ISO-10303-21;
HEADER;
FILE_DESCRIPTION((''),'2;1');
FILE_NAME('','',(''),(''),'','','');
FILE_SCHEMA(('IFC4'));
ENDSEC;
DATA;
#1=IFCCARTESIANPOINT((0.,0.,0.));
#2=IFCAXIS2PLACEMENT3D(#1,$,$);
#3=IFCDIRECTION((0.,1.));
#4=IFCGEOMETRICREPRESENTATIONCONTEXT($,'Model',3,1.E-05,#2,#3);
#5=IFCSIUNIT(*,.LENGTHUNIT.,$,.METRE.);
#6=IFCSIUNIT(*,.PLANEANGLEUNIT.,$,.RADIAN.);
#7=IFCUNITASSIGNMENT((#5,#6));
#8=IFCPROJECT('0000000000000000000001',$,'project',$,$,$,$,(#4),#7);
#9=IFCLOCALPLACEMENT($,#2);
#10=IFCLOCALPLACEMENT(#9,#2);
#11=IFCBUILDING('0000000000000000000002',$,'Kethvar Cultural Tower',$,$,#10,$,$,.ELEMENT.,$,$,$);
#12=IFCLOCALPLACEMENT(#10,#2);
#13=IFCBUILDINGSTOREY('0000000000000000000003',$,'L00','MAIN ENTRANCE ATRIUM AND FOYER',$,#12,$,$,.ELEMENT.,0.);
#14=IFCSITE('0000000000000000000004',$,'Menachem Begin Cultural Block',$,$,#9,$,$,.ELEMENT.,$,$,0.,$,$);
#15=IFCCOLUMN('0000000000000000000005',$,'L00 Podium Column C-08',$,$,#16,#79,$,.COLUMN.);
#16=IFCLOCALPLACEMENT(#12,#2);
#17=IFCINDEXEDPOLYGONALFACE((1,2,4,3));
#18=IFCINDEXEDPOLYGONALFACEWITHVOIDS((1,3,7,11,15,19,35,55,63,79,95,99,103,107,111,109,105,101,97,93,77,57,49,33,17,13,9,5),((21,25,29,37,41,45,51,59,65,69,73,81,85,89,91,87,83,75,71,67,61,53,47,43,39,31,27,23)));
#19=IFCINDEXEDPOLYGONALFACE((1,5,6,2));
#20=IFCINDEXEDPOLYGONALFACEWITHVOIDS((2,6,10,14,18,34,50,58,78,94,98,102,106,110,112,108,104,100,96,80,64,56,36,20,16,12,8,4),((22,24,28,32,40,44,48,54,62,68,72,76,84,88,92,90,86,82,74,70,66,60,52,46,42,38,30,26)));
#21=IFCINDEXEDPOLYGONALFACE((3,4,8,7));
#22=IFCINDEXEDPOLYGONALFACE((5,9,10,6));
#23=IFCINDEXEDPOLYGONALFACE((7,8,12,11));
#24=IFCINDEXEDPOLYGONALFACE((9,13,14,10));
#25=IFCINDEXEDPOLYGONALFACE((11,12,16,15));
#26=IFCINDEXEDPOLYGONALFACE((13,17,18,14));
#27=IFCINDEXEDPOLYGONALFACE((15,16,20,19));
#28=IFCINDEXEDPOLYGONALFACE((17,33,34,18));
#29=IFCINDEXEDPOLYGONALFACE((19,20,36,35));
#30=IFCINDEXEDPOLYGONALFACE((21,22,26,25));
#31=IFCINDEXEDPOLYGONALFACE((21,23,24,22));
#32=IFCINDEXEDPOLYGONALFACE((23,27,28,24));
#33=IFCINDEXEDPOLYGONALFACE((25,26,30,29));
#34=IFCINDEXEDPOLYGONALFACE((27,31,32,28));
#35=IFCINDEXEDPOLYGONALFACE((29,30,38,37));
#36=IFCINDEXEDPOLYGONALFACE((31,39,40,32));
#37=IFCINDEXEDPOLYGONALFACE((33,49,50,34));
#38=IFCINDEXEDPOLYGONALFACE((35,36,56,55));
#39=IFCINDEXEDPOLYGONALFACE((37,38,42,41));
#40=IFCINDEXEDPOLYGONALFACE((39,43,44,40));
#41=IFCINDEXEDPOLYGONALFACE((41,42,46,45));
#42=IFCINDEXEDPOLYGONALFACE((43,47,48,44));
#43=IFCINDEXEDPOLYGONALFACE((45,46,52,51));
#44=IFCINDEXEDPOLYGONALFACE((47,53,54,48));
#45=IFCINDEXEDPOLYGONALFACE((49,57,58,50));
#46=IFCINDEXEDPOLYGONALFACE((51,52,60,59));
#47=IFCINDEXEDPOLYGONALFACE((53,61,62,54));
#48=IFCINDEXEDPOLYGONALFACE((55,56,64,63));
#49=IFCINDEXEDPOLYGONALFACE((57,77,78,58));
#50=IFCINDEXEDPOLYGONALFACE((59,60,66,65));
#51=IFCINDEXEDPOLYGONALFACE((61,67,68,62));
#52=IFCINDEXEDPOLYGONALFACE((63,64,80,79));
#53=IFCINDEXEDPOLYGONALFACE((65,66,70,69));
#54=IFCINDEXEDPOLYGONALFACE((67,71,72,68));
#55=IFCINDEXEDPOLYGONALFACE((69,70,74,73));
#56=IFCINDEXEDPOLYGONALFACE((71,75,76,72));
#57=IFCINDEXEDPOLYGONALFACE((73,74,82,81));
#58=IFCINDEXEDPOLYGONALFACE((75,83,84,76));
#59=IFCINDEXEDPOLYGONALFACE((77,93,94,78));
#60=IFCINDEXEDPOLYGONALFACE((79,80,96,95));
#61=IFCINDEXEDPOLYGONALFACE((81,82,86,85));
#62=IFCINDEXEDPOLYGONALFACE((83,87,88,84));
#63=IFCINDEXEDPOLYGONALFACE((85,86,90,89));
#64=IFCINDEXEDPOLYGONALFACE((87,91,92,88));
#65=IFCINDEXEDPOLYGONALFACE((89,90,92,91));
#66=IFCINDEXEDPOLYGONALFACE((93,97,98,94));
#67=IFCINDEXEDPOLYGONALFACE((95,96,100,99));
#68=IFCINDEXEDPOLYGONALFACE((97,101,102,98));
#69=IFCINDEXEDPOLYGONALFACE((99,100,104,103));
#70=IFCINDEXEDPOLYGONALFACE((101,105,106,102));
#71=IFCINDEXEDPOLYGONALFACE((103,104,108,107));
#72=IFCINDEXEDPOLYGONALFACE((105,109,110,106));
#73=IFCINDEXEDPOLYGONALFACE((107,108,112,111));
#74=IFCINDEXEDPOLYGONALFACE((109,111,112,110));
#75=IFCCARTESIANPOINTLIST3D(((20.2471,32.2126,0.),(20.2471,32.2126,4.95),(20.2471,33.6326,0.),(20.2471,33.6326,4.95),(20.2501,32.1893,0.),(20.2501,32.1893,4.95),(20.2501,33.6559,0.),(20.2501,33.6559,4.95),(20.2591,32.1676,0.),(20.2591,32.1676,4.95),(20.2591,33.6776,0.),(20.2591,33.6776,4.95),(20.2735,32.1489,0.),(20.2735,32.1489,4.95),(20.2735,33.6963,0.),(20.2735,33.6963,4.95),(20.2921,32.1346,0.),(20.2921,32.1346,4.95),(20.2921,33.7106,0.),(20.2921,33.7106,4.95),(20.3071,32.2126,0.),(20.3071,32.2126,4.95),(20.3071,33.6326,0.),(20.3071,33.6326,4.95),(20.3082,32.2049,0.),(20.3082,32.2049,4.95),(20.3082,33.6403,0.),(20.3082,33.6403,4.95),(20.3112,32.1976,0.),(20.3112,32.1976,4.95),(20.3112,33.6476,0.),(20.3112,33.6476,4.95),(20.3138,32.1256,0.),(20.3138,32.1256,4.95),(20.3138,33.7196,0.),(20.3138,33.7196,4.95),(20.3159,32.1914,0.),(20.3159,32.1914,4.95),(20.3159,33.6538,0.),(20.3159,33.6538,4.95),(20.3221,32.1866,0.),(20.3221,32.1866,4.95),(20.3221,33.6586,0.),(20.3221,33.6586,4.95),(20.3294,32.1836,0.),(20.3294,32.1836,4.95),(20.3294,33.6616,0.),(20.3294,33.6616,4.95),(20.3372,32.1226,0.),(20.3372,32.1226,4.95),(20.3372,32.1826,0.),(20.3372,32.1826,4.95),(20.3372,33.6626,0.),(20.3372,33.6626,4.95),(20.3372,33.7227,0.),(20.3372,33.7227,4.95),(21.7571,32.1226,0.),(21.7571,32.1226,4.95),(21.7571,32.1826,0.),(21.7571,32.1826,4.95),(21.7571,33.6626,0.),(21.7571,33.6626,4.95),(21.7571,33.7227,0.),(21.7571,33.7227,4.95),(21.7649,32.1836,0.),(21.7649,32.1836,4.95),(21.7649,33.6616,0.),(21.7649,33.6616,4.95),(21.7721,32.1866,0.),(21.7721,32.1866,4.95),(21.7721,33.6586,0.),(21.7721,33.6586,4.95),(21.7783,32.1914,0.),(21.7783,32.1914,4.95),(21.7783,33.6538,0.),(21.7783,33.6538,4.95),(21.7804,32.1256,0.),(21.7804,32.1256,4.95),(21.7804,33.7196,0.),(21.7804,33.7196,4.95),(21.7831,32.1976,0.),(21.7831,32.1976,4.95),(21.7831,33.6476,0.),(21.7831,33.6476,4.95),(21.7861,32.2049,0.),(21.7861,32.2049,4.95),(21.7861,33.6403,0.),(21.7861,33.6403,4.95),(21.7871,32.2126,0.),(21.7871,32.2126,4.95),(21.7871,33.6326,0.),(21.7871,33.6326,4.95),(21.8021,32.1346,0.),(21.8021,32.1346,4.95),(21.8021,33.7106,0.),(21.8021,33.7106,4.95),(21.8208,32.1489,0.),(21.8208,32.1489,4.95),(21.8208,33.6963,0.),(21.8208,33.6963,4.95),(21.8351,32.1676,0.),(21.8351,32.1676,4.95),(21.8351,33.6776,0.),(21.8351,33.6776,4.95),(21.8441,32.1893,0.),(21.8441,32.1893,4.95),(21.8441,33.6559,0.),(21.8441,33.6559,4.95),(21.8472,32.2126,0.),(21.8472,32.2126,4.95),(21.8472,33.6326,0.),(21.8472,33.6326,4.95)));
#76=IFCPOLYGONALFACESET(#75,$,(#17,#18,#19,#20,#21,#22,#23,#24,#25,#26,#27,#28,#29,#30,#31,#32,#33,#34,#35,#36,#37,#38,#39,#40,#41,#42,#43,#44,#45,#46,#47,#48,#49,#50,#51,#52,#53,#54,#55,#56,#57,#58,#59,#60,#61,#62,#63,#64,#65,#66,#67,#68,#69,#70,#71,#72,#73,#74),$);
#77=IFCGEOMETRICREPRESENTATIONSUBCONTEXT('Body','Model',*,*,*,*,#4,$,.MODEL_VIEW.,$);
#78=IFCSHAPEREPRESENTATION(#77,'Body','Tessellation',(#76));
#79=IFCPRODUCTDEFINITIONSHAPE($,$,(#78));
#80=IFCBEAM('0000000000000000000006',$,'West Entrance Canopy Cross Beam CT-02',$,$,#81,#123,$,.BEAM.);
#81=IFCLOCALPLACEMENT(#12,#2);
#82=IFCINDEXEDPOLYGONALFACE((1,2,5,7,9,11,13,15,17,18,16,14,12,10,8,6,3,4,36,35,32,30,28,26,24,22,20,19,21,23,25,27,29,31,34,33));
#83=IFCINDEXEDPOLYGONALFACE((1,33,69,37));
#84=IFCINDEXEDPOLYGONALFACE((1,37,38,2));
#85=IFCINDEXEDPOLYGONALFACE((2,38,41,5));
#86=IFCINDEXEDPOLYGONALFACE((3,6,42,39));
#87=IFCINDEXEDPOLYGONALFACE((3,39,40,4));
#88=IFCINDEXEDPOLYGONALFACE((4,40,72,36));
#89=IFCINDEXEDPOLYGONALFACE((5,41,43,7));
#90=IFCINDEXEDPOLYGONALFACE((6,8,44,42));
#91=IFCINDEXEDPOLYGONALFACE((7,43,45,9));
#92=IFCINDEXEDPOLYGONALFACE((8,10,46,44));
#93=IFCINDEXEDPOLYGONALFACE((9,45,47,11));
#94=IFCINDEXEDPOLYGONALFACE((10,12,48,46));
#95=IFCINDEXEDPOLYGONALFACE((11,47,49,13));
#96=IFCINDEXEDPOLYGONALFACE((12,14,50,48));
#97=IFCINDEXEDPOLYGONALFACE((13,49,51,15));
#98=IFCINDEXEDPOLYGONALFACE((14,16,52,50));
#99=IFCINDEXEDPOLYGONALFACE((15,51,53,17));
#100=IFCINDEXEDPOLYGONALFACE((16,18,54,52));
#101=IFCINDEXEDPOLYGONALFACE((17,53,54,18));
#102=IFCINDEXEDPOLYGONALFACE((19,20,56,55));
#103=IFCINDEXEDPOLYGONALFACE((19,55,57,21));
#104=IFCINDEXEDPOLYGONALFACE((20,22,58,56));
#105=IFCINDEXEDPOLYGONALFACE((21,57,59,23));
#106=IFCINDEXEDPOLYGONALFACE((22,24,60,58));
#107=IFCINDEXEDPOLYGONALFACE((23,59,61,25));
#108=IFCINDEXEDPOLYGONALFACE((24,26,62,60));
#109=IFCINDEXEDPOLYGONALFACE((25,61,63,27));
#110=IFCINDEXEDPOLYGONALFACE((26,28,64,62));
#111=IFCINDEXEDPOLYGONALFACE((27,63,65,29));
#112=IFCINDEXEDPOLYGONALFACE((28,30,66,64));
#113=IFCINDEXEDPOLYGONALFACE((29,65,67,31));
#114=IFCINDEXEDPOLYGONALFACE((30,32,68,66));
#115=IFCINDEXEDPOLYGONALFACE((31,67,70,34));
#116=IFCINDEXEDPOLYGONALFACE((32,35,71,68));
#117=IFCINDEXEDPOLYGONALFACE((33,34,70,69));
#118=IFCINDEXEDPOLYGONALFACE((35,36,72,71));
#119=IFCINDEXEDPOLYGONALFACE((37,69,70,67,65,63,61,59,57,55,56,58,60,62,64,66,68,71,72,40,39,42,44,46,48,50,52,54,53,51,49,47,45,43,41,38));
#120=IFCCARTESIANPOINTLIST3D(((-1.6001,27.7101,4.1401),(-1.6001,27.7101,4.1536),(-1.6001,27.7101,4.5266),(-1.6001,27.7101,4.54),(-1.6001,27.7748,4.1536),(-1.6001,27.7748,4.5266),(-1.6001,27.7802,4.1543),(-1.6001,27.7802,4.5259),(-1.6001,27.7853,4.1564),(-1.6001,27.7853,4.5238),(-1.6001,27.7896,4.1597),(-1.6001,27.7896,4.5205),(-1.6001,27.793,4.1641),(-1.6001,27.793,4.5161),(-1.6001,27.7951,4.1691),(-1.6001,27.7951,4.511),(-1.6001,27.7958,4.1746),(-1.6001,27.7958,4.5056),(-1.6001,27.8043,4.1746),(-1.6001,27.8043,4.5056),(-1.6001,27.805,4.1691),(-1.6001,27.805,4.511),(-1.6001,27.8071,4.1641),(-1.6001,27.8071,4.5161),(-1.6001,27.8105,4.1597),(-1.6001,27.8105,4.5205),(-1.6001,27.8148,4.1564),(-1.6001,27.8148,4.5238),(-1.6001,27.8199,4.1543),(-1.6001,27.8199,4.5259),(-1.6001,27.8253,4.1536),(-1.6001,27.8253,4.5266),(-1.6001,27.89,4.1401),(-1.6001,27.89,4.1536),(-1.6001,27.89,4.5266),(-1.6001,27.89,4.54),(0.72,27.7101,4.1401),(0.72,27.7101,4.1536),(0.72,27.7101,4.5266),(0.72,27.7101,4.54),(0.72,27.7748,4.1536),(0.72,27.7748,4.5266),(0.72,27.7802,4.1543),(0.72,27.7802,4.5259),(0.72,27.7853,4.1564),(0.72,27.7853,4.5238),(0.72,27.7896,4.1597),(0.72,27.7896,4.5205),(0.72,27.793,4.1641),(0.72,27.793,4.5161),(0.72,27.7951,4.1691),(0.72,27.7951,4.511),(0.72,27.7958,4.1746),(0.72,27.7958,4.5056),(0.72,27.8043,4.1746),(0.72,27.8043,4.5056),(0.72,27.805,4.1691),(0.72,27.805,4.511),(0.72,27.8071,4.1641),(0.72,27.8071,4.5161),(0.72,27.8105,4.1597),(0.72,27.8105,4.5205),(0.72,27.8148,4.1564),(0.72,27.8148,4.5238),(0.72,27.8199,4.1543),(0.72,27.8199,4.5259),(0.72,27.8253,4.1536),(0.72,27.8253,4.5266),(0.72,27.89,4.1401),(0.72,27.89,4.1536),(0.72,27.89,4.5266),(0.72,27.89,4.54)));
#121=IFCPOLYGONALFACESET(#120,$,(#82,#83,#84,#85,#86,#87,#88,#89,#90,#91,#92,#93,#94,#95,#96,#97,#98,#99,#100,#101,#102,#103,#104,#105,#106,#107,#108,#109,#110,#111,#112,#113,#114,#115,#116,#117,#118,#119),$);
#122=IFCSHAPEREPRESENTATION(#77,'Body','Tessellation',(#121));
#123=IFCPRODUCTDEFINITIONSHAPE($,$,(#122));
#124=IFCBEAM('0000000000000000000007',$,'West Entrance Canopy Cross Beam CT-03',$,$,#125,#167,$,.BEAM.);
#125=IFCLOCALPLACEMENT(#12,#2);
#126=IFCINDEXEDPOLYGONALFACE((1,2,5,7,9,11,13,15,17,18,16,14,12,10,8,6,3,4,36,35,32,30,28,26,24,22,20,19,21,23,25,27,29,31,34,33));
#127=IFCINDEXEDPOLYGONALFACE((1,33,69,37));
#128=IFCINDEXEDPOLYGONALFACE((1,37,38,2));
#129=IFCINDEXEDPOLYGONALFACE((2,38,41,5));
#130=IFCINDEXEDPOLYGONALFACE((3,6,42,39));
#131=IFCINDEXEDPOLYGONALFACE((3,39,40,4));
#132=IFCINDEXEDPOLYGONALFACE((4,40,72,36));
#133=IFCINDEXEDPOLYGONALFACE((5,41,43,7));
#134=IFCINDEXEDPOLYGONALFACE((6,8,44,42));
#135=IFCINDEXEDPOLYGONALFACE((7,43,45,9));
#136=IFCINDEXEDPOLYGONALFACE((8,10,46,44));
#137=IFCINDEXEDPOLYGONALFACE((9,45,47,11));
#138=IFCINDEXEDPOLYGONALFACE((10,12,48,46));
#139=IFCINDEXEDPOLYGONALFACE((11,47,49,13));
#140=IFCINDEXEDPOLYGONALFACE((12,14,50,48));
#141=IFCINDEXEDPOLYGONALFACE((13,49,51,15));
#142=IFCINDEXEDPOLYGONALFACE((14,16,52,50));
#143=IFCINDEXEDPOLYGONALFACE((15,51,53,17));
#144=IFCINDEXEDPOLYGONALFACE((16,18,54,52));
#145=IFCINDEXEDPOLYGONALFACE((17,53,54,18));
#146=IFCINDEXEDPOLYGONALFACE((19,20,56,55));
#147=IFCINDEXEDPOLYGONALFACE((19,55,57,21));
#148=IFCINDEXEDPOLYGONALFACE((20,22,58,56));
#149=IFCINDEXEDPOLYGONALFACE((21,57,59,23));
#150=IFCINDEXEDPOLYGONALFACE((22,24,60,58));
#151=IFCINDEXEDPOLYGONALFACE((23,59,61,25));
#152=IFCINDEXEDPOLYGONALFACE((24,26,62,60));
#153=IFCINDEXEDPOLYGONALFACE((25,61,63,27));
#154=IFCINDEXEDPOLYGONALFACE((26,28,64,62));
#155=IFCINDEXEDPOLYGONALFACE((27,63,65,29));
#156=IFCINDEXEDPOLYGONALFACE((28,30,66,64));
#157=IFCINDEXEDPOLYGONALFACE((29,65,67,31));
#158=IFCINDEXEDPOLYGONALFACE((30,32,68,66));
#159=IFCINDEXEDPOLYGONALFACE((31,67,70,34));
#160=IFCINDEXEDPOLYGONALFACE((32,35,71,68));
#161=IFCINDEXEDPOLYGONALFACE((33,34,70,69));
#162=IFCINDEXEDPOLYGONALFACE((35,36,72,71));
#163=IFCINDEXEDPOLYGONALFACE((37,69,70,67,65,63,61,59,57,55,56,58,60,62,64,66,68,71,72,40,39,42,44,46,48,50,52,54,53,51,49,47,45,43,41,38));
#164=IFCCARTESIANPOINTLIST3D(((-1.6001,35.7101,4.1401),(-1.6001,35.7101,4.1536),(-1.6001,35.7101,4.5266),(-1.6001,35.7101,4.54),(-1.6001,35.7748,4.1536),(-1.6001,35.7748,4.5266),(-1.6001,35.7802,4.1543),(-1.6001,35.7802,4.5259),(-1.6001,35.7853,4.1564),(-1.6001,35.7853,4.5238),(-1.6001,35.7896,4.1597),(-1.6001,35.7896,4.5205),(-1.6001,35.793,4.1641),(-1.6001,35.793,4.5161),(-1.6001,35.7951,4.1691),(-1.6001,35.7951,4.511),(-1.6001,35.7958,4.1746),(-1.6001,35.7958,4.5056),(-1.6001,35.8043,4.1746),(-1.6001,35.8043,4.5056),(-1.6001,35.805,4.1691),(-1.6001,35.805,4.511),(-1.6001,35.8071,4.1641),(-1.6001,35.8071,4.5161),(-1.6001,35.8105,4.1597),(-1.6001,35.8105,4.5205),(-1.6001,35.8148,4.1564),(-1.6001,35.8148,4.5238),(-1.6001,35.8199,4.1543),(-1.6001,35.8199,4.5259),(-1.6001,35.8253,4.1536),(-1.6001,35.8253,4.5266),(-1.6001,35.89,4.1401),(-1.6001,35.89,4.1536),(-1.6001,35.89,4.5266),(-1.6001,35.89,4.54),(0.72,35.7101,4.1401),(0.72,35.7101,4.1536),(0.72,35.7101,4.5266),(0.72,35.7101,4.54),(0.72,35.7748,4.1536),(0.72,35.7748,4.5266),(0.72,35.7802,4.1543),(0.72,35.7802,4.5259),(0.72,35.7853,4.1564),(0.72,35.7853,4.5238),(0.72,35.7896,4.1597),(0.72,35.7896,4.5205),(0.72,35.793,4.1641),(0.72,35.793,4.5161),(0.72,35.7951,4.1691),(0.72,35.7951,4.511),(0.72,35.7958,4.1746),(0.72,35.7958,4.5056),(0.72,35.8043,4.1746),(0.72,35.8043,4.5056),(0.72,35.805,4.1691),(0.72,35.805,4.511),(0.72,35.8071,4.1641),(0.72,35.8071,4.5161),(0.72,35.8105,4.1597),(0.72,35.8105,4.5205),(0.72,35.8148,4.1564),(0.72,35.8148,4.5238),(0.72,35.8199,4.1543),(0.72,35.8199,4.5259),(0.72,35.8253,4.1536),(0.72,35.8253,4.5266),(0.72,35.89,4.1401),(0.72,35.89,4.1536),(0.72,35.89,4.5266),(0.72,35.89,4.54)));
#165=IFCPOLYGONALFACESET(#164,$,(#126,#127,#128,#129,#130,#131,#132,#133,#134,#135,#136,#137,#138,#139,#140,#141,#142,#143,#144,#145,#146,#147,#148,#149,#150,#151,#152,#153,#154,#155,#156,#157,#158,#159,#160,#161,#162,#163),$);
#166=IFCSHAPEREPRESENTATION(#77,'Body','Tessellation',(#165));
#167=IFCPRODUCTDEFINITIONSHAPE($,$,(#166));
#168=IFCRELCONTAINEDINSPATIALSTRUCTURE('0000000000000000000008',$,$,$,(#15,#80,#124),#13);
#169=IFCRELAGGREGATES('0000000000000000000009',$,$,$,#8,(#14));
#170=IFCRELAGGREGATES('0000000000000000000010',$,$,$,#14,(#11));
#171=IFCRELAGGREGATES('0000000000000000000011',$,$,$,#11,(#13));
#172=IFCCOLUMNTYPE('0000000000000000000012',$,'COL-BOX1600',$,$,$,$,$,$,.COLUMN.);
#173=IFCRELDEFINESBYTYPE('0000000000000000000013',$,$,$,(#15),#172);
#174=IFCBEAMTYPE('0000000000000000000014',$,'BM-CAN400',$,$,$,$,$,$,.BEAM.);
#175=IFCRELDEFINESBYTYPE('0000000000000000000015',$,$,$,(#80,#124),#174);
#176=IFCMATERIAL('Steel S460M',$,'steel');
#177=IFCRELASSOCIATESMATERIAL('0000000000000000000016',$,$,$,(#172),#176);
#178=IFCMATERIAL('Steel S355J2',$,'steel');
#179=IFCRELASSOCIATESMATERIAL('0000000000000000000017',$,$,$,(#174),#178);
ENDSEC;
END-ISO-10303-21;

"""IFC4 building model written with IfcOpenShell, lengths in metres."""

from ifc_helpers import new_model, si_unit, direction, frame, origin, origin_2d, place, context, subcontext, project, spatial, hollow_rectangle, i_section, extrude, source, transform, mapped, material, material_profile, profile_set, type_object, element, save


model = new_model("IFC4")

# Units and contexts
model_context = context("Model", 3, precision=1e-05, world=origin(), true_north=direction((0.0, 1.0)))
body_context = subcontext(model_context, "Body", "Model", "MODEL_VIEW")
ifc_project = project(units=[si_unit("LENGTHUNIT", "METRE"), si_unit("PLANEANGLEUNIT", "RADIAN")], contexts=[model_context])

# Site, building, storey
site_placement = place(None, origin())
site = spatial("IfcSite", under=ifc_project, at=site_placement, Name="Menachem Begin Cultural Block", CompositionType="ELEMENT", RefElevation=0.0)
building_placement = place(site_placement, origin())
building = spatial("IfcBuilding", under=site, at=building_placement, Name="Kethvar Cultural Tower", CompositionType="ELEMENT")
storey_placement = place(building_placement, origin())
storey = spatial("IfcBuildingStorey", under=building, at=storey_placement, Name="L00", Description="MAIN ENTRANCE ATRIUM AND FOYER", CompositionType="ELEMENT", Elevation=0.0)

# Column
ifc_material_1 = material(Name="Steel S460M", Category="steel")
ifc_material_profile_1 = material_profile(ifc_material_1, hollow_rectangle(XDim=1.6001, YDim=1.6001, WallThickness=0.0601, InnerFilletRadius=0.03, OuterFilletRadius=0.0901, at=origin_2d()), Name="Steel S460M — BOX1600x1600x60")
ifc_profile_set_1 = profile_set([ifc_material_profile_1], Name="Steel S460M — BOX1600x1600x60")
column_type_1 = type_object("IfcColumnType", Name="COL-BOX1600", PredefinedType="COLUMN", material=ifc_profile_set_1)
shared_shape_1 = source(origin(), body_context, "Body", "SweptSolid", [
    extrude(hollow_rectangle(XDim=1.6001, YDim=1.6001, WallThickness=0.0601, InnerFilletRadius=0.03, OuterFilletRadius=0.0901, at=origin_2d()), origin(), (0.0, 0.0, 1.0), 4.95),
])
column_placement = place(storey_placement, frame((21.0471, 32.9226, 0.0), z_axis=(0.0, 0.0, 1.0), x_axis=(1.0, 0.0, 0.0)))
element("IfcColumn", 1, at=column_placement, inside=storey, type_object=column_type_1, Name="L00 Podium Column C-08", PredefinedType="COLUMN", context=body_context, shape_type="MappedRepresentation", body=[
    mapped(shared_shape_1, transform((0.0, 0.0, 0.0), scale=1.0)),
])

# Beams
ifc_material_2 = material(Name="Steel S355J2", Category="steel")
ifc_material_profile_2 = material_profile(ifc_material_2, i_section(OverallWidth=0.1799, OverallDepth=0.3999, WebThickness=0.0085, FlangeThickness=0.0134, FilletRadius=0.021, at=origin_2d()), Name="Steel S355J2 — IPE400")
ifc_profile_set_2 = profile_set([ifc_material_profile_2], Name="Steel S355J2 — IPE400")
beam_type_1 = type_object("IfcBeamType", Name="BM-CAN400", PredefinedType="BEAM", material=ifc_profile_set_2)
shared_shape_2 = source(origin(), body_context, "Body", "SweptSolid", [
    extrude(i_section(OverallWidth=0.1799, OverallDepth=0.3999, WebThickness=0.0085, FlangeThickness=0.0134, FilletRadius=0.021, at=origin_2d()), origin(), (0.0, 0.0, 1.0), 2.3201),
])
for number, where, z_axis, x_axis, name in (
    (2, (-1.6001, 27.8, 4.3401), (1.0, 0.0, 0.0), (0.0, 1.0, 0.0), "West Entrance Canopy Cross Beam CT-02"),
    (3, (-1.6001, 35.8, 4.3401), (1.0, 0.0, 0.0), (0.0, 1.0, 0.0), "West Entrance Canopy Cross Beam CT-03"),
):
    element("IfcBeam", number, at=place(storey_placement, frame(where, z_axis=z_axis, x_axis=x_axis)), inside=storey, type_object=beam_type_1, Name=name, PredefinedType="BEAM", context=body_context, shape_type="MappedRepresentation", body=[
        mapped(shared_shape_2, transform((0.0, 0.0, 0.0), scale=1.0)),
    ])

save(model, "model.ifc")
